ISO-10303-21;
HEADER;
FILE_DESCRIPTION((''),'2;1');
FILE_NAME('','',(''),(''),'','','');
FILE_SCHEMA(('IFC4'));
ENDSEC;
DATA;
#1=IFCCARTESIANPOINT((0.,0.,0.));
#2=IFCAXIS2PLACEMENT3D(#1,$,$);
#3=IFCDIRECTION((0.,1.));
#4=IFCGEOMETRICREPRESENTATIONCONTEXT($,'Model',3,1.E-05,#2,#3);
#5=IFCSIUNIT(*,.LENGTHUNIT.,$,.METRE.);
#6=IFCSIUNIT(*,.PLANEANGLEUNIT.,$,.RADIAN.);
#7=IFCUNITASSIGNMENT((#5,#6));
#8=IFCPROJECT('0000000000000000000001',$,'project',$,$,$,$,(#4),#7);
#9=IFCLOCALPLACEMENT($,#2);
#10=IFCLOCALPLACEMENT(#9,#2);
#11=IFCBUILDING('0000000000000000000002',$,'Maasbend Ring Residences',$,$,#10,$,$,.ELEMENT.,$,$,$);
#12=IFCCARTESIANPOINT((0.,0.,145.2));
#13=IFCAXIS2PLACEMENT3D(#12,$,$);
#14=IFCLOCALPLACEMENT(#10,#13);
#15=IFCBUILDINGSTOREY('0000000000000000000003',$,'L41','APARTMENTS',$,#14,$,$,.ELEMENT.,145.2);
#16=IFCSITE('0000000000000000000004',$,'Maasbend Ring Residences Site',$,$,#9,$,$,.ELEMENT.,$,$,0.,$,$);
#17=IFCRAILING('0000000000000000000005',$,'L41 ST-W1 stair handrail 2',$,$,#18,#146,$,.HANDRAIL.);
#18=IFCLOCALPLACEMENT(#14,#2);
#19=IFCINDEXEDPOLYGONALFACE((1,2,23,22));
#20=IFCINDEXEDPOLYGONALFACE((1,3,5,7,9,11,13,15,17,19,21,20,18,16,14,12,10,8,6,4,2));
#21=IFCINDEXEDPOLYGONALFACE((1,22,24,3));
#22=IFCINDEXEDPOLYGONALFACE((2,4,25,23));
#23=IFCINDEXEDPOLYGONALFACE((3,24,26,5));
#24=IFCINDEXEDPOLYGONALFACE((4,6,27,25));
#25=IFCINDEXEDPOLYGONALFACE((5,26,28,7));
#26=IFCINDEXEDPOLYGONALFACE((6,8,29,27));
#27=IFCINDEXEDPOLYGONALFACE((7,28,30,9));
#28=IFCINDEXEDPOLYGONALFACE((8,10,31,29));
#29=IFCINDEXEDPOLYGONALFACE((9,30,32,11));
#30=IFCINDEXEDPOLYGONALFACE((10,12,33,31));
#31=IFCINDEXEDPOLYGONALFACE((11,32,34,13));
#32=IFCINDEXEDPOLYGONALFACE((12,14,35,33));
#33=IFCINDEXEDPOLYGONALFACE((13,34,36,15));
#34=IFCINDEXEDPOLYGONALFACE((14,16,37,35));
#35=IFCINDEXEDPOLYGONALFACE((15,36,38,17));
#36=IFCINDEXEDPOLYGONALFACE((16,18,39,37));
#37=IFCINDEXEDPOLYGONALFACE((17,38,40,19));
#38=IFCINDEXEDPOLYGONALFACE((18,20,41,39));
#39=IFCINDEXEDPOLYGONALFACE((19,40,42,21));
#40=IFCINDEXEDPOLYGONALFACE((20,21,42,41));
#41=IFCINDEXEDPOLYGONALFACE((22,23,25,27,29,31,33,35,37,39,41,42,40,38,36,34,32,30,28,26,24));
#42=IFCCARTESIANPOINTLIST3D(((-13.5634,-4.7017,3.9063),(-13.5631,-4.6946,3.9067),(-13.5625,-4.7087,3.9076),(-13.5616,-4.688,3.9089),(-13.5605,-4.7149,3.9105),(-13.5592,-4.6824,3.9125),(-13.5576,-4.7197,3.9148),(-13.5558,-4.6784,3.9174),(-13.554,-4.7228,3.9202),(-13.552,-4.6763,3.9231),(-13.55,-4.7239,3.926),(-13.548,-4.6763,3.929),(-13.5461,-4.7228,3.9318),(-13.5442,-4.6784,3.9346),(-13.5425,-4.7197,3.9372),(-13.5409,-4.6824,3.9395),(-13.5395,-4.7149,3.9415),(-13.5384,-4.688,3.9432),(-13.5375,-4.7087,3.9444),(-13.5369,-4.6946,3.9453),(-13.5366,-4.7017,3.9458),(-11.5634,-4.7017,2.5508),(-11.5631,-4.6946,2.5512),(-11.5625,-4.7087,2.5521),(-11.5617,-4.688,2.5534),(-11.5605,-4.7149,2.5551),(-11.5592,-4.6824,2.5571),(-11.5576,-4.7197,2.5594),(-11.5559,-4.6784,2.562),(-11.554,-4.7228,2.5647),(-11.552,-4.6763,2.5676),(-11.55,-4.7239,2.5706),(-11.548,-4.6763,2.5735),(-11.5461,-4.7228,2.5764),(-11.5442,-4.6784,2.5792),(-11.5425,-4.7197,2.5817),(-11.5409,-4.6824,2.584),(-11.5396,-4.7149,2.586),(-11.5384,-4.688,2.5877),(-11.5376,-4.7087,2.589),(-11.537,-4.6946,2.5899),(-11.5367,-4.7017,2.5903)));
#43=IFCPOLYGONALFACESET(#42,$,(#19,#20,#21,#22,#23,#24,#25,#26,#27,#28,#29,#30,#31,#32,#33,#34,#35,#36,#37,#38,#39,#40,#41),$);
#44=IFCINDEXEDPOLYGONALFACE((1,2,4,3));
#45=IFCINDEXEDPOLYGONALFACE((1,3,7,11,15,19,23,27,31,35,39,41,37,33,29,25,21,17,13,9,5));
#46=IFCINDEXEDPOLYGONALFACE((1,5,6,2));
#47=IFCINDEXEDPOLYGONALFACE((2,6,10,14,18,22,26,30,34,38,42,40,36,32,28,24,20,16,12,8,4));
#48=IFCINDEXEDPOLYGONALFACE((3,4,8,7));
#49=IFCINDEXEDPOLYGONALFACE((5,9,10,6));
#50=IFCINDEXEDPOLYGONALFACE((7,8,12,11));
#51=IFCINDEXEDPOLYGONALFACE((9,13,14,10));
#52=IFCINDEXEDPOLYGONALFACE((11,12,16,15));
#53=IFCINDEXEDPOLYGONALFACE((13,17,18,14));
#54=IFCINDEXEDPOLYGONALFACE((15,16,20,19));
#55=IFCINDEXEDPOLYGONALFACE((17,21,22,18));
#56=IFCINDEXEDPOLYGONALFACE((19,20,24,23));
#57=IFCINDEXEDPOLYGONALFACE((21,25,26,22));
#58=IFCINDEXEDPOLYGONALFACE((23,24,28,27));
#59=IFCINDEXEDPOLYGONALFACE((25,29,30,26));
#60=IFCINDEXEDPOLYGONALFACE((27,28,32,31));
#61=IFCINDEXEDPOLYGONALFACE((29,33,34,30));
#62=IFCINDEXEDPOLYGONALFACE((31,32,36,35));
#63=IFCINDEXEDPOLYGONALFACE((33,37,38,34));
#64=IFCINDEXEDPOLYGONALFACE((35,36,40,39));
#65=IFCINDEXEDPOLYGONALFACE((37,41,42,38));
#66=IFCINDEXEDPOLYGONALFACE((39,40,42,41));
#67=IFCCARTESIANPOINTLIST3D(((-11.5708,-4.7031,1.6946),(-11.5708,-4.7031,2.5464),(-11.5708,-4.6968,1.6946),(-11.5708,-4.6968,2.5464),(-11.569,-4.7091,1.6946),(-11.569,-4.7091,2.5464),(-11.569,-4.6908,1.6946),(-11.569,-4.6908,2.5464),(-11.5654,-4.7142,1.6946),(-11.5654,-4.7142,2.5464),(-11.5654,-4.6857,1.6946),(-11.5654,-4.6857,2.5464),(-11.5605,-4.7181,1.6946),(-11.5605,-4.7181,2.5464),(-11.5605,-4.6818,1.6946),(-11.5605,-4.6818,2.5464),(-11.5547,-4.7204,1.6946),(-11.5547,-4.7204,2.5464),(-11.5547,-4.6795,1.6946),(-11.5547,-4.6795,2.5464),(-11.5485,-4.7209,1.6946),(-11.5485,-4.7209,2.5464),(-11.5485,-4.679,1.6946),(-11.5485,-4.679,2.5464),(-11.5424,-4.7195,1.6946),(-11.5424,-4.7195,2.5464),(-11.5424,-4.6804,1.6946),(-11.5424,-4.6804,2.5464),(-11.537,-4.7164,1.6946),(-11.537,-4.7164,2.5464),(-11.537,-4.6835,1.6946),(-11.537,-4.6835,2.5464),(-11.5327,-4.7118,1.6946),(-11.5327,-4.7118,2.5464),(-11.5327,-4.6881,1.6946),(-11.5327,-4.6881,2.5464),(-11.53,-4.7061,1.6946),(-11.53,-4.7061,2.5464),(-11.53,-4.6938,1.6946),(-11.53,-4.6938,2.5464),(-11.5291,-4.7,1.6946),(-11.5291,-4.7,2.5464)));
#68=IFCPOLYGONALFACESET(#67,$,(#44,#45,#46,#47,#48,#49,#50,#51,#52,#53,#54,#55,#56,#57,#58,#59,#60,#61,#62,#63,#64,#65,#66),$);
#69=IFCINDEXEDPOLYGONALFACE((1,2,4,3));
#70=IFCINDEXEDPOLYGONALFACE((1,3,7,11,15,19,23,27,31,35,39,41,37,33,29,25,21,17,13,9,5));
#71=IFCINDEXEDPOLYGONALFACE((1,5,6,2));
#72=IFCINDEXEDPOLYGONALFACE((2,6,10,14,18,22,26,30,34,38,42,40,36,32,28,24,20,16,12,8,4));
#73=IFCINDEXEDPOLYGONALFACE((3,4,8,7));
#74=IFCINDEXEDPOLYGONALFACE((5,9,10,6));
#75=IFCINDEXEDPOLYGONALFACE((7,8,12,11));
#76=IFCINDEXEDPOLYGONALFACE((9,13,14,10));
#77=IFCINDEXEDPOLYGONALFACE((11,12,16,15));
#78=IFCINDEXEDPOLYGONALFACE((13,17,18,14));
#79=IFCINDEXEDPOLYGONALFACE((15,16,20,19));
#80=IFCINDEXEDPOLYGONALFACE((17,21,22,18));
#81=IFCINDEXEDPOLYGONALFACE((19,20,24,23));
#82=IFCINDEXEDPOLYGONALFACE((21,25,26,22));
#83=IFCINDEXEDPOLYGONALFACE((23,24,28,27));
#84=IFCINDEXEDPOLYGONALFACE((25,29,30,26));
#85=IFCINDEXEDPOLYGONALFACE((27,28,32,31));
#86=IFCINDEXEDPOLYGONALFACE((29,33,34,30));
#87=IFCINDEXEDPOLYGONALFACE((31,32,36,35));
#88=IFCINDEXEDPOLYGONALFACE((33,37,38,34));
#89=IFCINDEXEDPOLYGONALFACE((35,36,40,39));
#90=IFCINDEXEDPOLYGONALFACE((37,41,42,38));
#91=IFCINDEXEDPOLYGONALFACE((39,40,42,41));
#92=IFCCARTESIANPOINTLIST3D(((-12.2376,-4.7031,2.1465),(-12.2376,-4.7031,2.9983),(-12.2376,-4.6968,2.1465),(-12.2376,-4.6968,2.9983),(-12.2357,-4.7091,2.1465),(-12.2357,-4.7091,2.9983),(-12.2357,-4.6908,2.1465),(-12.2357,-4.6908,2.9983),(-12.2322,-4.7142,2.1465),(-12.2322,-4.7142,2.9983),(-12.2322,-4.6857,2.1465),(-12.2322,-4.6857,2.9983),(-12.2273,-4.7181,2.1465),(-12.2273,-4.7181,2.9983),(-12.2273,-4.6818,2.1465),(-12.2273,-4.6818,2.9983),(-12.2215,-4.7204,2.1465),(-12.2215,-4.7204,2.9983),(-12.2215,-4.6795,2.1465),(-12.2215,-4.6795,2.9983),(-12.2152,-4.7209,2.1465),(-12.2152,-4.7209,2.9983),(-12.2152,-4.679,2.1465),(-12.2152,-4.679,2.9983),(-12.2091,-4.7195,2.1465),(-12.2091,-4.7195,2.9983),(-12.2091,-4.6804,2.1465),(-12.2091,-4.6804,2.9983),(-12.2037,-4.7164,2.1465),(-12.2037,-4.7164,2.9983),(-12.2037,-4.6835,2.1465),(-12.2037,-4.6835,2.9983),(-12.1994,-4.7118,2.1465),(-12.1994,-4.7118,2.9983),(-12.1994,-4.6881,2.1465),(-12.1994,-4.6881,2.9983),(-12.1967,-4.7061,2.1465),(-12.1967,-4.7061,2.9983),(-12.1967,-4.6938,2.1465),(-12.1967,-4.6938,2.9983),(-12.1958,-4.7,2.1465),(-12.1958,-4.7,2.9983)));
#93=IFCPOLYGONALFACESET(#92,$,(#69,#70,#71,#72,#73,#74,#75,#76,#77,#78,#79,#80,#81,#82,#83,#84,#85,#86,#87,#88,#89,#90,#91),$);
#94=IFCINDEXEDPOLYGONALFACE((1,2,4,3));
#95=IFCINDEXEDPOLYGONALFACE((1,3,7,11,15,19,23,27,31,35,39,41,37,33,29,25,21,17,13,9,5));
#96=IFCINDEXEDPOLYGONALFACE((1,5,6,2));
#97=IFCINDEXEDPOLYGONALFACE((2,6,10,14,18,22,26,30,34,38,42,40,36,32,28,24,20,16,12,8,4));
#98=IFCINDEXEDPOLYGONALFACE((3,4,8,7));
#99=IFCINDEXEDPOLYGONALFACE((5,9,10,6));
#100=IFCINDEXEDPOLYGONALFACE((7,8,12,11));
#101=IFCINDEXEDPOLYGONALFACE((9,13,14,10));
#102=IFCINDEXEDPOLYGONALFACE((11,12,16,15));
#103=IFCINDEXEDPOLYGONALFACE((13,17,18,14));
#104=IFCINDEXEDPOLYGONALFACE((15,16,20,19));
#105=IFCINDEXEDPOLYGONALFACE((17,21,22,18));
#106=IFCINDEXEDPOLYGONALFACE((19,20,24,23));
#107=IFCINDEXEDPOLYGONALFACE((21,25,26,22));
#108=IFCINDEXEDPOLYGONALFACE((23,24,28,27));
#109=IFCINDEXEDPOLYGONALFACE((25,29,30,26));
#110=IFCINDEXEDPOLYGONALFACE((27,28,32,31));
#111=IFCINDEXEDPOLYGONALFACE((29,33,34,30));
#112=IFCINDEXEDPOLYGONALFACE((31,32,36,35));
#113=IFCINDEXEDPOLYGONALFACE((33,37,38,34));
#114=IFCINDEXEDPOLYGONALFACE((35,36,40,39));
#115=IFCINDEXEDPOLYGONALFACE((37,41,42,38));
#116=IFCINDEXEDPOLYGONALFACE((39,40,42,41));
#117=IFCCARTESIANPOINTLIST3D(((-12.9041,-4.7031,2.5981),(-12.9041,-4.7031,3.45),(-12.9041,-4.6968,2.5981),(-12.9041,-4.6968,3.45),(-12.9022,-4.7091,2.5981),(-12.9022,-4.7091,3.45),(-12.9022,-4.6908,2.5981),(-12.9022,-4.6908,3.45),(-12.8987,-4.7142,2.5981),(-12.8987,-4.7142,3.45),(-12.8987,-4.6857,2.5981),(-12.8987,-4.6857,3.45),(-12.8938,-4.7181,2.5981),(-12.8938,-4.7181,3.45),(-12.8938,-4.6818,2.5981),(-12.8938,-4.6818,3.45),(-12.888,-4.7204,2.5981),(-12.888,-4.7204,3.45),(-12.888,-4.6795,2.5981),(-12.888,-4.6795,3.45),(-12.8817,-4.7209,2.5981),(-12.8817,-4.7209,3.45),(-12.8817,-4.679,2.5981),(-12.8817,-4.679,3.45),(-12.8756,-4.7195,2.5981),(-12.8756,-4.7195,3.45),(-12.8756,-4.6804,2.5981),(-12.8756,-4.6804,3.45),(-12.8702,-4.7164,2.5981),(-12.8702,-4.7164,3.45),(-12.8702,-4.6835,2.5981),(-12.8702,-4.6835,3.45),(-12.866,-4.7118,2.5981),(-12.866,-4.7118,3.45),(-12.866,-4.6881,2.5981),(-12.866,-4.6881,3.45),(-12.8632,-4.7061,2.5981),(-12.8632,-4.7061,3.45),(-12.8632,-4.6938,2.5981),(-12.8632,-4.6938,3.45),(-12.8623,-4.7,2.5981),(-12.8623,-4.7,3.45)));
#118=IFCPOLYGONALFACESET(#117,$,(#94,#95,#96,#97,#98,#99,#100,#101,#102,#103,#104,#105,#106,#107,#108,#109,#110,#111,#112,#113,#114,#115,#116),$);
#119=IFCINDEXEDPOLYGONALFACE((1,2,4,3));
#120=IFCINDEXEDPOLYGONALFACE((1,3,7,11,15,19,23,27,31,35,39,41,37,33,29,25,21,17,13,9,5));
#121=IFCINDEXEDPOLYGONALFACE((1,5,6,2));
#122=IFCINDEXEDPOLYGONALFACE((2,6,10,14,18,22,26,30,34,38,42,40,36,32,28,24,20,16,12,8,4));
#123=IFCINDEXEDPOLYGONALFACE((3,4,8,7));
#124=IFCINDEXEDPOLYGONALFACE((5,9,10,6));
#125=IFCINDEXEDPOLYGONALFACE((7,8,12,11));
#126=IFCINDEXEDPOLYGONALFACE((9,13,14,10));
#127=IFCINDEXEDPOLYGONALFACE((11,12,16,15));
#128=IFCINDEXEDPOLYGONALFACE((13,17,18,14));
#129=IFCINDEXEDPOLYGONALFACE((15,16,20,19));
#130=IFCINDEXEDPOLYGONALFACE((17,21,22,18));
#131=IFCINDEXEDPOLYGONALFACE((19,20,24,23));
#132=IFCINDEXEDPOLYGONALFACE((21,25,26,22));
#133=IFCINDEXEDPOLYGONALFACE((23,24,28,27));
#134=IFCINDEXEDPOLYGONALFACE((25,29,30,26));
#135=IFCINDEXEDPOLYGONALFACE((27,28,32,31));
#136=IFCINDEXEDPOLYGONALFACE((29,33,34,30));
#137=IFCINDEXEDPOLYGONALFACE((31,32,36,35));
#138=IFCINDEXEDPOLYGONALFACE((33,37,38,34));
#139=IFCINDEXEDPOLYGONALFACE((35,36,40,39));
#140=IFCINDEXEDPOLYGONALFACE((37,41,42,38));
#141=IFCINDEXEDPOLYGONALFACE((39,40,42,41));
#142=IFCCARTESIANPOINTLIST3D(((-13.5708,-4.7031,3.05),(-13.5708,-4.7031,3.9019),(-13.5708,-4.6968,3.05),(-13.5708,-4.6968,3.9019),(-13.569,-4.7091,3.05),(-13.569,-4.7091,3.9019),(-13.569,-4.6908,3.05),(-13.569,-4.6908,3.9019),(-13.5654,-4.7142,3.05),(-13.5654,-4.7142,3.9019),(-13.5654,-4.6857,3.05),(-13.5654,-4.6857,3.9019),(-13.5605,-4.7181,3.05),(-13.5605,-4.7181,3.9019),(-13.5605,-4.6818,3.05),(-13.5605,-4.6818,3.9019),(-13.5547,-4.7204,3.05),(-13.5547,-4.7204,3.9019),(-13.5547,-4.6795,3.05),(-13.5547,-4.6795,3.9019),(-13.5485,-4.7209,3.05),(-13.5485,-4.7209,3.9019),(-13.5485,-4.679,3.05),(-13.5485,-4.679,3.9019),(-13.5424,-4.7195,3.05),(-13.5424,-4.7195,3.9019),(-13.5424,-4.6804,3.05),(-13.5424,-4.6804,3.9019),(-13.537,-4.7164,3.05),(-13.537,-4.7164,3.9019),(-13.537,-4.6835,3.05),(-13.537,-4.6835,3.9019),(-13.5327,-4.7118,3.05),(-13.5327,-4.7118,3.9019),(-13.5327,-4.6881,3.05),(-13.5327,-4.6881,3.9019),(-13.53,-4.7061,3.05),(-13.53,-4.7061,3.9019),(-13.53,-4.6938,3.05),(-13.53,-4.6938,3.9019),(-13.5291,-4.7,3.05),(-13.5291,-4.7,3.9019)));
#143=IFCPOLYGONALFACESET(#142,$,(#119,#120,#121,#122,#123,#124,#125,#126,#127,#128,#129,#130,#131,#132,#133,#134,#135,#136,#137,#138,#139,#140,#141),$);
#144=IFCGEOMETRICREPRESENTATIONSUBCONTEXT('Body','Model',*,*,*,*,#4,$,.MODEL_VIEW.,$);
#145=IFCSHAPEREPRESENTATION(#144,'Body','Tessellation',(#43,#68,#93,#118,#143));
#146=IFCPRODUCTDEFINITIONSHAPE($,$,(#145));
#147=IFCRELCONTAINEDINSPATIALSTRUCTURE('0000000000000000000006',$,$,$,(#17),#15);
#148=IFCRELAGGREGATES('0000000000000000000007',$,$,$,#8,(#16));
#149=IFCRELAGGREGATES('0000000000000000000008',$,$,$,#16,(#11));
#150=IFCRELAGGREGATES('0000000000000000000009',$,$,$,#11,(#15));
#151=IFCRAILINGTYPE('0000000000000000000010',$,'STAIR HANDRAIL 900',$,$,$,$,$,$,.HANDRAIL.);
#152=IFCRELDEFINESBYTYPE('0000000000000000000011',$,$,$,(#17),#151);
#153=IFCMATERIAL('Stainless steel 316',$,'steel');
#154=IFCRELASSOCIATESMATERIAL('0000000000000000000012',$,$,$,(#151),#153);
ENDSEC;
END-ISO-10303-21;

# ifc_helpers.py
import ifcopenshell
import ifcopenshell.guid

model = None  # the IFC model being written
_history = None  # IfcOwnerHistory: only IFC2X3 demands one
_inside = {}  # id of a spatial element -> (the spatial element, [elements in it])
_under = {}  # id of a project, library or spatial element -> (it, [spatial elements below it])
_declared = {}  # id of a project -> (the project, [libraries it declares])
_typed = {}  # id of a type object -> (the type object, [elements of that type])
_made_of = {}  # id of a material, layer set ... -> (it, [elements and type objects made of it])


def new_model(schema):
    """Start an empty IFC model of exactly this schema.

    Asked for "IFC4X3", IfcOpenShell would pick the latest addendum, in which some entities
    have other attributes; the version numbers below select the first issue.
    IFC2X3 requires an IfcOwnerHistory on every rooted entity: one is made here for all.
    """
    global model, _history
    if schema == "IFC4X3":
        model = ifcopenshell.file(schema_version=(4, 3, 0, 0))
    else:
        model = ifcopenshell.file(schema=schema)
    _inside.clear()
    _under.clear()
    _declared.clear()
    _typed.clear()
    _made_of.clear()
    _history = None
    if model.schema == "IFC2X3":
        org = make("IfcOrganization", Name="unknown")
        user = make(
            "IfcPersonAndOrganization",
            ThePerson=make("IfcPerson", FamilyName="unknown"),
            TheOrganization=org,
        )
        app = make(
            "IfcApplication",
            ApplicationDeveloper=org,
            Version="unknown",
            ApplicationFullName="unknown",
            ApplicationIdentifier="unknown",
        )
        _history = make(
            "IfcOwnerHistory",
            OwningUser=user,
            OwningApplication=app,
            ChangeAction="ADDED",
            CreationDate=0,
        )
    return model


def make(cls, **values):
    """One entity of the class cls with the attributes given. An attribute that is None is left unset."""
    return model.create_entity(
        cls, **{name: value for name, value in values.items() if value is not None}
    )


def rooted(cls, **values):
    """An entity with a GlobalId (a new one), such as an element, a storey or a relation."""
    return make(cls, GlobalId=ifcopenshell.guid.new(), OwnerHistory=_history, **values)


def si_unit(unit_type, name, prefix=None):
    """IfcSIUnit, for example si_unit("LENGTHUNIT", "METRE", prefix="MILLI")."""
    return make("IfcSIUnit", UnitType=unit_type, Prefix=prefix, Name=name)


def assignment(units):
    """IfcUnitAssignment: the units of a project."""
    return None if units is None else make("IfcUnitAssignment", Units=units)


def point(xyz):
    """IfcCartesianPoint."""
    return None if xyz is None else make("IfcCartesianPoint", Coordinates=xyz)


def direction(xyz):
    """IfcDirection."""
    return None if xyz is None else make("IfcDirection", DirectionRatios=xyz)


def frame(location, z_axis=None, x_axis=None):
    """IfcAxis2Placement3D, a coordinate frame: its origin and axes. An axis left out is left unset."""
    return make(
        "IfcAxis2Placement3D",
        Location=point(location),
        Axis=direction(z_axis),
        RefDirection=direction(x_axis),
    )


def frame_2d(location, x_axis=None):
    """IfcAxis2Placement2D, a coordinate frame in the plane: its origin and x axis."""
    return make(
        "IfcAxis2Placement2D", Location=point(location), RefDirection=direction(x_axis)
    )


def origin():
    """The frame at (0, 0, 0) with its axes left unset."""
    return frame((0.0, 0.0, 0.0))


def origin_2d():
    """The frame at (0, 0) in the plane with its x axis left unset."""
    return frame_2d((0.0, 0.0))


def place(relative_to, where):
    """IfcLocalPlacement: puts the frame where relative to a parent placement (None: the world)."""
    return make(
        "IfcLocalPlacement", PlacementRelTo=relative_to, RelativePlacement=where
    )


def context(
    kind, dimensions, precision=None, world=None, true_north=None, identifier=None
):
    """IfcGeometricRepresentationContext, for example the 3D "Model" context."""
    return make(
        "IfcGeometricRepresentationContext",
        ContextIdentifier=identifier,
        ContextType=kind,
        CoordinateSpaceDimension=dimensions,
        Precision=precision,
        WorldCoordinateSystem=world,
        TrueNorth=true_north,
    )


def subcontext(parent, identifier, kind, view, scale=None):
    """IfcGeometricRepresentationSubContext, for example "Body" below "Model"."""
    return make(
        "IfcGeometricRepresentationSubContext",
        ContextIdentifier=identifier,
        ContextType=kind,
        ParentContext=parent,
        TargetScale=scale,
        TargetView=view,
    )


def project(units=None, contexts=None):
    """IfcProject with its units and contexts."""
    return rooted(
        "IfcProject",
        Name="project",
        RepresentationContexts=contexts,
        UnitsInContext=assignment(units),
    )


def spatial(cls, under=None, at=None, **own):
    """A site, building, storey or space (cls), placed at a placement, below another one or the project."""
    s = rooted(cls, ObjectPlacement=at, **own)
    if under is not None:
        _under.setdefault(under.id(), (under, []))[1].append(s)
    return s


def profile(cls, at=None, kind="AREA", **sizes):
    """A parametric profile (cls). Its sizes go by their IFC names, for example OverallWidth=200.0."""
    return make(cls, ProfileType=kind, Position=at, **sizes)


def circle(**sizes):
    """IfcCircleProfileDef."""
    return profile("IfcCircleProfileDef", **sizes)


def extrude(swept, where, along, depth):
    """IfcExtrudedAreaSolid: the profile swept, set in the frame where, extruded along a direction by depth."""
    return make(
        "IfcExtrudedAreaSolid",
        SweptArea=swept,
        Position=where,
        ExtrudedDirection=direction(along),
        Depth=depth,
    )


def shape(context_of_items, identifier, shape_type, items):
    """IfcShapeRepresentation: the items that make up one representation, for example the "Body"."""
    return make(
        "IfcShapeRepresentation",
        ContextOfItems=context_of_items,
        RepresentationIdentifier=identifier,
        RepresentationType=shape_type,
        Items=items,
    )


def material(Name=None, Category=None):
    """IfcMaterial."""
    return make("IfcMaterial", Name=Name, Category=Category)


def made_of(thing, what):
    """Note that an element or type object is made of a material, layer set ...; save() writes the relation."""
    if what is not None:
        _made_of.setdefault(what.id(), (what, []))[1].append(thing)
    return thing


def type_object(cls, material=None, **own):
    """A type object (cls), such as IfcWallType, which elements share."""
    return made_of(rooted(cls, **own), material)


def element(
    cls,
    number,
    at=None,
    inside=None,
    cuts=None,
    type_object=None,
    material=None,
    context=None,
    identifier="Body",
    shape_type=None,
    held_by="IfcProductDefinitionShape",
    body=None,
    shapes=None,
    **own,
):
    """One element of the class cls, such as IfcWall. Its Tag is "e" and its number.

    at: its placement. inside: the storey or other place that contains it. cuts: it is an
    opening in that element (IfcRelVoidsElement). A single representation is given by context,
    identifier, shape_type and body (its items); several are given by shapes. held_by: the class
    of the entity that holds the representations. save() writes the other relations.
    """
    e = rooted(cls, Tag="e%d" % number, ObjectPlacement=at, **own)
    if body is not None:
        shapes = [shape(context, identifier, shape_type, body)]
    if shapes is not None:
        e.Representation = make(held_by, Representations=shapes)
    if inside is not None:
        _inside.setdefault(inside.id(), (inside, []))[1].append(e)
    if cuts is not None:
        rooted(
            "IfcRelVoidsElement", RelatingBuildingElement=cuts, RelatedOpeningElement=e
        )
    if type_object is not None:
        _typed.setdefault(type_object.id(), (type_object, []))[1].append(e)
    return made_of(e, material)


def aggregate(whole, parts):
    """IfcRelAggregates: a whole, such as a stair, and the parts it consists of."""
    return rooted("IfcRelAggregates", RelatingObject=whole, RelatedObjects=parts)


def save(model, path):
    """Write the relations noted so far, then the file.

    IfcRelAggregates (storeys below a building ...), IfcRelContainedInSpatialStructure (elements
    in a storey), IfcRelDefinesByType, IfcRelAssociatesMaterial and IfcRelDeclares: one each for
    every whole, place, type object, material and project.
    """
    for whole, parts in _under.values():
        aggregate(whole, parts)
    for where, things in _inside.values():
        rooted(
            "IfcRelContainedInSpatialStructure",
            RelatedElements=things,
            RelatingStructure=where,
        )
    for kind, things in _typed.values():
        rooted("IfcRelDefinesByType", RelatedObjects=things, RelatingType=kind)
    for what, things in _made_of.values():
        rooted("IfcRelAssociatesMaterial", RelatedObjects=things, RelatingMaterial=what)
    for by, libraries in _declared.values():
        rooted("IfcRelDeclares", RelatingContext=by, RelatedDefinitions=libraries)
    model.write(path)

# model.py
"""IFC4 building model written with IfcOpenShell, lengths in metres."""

from ifc_helpers import new_model, si_unit, direction, frame, origin, origin_2d, place, context, subcontext, project, spatial, circle, extrude, material, type_object, element, save


model = new_model("IFC4")

# Units and contexts
model_context = context("Model", 3, precision=1e-05, world=origin(), true_north=direction((0.0, 1.0)))
body_context = subcontext(model_context, "Body", "Model", "MODEL_VIEW")
ifc_project = project(units=[si_unit("LENGTHUNIT", "METRE"), si_unit("PLANEANGLEUNIT", "RADIAN")], contexts=[model_context])

# Site, building, storey
site_placement = place(None, origin())
site = spatial("IfcSite", under=ifc_project, at=site_placement, Name="Maasbend Ring Residences Site", CompositionType="ELEMENT", RefElevation=0.0)
building_placement = place(site_placement, origin())
building = spatial("IfcBuilding", under=site, at=building_placement, Name="Maasbend Ring Residences", CompositionType="ELEMENT")
storey_placement = place(building_placement, frame((0.0, 0.0, 145.2)))
storey = spatial("IfcBuildingStorey", under=building, at=storey_placement, Name="L41", Description="APARTMENTS", CompositionType="ELEMENT", Elevation=145.2)

# Railing
ifc_material_1 = material(Name="Stainless steel 316", Category="steel")
railing_type_1 = type_object("IfcRailingType", Name="STAIR HANDRAIL 900", PredefinedType="HANDRAIL", material=ifc_material_1)
railing_1_placement = place(storey_placement, frame((-11.55, -4.7, 1.6946)))
element("IfcRailing", 1, at=railing_1_placement, inside=storey, type_object=railing_type_1, Name="L41 ST-W1 stair handrail 2", PredefinedType="HANDRAIL", context=body_context, shape_type="SweptSolid", body=[
    extrude(circle(Radius=0.0239, at=origin_2d()), frame((0.0, 0.0, 0.876), z_axis=(-0.827798, 0.0, 0.561027), x_axis=(0.0, -1.0, 0.0)), (0.0, 0.0, 1.0), 2.416),
    extrude(circle(Radius=0.021, at=origin_2d()), origin(), (0.0, 0.0, 1.0), 0.8518),
    extrude(circle(Radius=0.021, at=origin_2d()), frame((-0.6667, 0.0, 0.4519)), (0.0, 0.0, 1.0), 0.8518),
    extrude(circle(Radius=0.021, at=origin_2d()), frame((-1.3333, 0.0, 0.9036)), (0.0, 0.0, 1.0), 0.8518),
    extrude(circle(Radius=0.021, at=origin_2d()), frame((-2.0, 0.0, 1.3555)), (0.0, 0.0, 1.0), 0.8518),
])

save(model, "model.ifc")
